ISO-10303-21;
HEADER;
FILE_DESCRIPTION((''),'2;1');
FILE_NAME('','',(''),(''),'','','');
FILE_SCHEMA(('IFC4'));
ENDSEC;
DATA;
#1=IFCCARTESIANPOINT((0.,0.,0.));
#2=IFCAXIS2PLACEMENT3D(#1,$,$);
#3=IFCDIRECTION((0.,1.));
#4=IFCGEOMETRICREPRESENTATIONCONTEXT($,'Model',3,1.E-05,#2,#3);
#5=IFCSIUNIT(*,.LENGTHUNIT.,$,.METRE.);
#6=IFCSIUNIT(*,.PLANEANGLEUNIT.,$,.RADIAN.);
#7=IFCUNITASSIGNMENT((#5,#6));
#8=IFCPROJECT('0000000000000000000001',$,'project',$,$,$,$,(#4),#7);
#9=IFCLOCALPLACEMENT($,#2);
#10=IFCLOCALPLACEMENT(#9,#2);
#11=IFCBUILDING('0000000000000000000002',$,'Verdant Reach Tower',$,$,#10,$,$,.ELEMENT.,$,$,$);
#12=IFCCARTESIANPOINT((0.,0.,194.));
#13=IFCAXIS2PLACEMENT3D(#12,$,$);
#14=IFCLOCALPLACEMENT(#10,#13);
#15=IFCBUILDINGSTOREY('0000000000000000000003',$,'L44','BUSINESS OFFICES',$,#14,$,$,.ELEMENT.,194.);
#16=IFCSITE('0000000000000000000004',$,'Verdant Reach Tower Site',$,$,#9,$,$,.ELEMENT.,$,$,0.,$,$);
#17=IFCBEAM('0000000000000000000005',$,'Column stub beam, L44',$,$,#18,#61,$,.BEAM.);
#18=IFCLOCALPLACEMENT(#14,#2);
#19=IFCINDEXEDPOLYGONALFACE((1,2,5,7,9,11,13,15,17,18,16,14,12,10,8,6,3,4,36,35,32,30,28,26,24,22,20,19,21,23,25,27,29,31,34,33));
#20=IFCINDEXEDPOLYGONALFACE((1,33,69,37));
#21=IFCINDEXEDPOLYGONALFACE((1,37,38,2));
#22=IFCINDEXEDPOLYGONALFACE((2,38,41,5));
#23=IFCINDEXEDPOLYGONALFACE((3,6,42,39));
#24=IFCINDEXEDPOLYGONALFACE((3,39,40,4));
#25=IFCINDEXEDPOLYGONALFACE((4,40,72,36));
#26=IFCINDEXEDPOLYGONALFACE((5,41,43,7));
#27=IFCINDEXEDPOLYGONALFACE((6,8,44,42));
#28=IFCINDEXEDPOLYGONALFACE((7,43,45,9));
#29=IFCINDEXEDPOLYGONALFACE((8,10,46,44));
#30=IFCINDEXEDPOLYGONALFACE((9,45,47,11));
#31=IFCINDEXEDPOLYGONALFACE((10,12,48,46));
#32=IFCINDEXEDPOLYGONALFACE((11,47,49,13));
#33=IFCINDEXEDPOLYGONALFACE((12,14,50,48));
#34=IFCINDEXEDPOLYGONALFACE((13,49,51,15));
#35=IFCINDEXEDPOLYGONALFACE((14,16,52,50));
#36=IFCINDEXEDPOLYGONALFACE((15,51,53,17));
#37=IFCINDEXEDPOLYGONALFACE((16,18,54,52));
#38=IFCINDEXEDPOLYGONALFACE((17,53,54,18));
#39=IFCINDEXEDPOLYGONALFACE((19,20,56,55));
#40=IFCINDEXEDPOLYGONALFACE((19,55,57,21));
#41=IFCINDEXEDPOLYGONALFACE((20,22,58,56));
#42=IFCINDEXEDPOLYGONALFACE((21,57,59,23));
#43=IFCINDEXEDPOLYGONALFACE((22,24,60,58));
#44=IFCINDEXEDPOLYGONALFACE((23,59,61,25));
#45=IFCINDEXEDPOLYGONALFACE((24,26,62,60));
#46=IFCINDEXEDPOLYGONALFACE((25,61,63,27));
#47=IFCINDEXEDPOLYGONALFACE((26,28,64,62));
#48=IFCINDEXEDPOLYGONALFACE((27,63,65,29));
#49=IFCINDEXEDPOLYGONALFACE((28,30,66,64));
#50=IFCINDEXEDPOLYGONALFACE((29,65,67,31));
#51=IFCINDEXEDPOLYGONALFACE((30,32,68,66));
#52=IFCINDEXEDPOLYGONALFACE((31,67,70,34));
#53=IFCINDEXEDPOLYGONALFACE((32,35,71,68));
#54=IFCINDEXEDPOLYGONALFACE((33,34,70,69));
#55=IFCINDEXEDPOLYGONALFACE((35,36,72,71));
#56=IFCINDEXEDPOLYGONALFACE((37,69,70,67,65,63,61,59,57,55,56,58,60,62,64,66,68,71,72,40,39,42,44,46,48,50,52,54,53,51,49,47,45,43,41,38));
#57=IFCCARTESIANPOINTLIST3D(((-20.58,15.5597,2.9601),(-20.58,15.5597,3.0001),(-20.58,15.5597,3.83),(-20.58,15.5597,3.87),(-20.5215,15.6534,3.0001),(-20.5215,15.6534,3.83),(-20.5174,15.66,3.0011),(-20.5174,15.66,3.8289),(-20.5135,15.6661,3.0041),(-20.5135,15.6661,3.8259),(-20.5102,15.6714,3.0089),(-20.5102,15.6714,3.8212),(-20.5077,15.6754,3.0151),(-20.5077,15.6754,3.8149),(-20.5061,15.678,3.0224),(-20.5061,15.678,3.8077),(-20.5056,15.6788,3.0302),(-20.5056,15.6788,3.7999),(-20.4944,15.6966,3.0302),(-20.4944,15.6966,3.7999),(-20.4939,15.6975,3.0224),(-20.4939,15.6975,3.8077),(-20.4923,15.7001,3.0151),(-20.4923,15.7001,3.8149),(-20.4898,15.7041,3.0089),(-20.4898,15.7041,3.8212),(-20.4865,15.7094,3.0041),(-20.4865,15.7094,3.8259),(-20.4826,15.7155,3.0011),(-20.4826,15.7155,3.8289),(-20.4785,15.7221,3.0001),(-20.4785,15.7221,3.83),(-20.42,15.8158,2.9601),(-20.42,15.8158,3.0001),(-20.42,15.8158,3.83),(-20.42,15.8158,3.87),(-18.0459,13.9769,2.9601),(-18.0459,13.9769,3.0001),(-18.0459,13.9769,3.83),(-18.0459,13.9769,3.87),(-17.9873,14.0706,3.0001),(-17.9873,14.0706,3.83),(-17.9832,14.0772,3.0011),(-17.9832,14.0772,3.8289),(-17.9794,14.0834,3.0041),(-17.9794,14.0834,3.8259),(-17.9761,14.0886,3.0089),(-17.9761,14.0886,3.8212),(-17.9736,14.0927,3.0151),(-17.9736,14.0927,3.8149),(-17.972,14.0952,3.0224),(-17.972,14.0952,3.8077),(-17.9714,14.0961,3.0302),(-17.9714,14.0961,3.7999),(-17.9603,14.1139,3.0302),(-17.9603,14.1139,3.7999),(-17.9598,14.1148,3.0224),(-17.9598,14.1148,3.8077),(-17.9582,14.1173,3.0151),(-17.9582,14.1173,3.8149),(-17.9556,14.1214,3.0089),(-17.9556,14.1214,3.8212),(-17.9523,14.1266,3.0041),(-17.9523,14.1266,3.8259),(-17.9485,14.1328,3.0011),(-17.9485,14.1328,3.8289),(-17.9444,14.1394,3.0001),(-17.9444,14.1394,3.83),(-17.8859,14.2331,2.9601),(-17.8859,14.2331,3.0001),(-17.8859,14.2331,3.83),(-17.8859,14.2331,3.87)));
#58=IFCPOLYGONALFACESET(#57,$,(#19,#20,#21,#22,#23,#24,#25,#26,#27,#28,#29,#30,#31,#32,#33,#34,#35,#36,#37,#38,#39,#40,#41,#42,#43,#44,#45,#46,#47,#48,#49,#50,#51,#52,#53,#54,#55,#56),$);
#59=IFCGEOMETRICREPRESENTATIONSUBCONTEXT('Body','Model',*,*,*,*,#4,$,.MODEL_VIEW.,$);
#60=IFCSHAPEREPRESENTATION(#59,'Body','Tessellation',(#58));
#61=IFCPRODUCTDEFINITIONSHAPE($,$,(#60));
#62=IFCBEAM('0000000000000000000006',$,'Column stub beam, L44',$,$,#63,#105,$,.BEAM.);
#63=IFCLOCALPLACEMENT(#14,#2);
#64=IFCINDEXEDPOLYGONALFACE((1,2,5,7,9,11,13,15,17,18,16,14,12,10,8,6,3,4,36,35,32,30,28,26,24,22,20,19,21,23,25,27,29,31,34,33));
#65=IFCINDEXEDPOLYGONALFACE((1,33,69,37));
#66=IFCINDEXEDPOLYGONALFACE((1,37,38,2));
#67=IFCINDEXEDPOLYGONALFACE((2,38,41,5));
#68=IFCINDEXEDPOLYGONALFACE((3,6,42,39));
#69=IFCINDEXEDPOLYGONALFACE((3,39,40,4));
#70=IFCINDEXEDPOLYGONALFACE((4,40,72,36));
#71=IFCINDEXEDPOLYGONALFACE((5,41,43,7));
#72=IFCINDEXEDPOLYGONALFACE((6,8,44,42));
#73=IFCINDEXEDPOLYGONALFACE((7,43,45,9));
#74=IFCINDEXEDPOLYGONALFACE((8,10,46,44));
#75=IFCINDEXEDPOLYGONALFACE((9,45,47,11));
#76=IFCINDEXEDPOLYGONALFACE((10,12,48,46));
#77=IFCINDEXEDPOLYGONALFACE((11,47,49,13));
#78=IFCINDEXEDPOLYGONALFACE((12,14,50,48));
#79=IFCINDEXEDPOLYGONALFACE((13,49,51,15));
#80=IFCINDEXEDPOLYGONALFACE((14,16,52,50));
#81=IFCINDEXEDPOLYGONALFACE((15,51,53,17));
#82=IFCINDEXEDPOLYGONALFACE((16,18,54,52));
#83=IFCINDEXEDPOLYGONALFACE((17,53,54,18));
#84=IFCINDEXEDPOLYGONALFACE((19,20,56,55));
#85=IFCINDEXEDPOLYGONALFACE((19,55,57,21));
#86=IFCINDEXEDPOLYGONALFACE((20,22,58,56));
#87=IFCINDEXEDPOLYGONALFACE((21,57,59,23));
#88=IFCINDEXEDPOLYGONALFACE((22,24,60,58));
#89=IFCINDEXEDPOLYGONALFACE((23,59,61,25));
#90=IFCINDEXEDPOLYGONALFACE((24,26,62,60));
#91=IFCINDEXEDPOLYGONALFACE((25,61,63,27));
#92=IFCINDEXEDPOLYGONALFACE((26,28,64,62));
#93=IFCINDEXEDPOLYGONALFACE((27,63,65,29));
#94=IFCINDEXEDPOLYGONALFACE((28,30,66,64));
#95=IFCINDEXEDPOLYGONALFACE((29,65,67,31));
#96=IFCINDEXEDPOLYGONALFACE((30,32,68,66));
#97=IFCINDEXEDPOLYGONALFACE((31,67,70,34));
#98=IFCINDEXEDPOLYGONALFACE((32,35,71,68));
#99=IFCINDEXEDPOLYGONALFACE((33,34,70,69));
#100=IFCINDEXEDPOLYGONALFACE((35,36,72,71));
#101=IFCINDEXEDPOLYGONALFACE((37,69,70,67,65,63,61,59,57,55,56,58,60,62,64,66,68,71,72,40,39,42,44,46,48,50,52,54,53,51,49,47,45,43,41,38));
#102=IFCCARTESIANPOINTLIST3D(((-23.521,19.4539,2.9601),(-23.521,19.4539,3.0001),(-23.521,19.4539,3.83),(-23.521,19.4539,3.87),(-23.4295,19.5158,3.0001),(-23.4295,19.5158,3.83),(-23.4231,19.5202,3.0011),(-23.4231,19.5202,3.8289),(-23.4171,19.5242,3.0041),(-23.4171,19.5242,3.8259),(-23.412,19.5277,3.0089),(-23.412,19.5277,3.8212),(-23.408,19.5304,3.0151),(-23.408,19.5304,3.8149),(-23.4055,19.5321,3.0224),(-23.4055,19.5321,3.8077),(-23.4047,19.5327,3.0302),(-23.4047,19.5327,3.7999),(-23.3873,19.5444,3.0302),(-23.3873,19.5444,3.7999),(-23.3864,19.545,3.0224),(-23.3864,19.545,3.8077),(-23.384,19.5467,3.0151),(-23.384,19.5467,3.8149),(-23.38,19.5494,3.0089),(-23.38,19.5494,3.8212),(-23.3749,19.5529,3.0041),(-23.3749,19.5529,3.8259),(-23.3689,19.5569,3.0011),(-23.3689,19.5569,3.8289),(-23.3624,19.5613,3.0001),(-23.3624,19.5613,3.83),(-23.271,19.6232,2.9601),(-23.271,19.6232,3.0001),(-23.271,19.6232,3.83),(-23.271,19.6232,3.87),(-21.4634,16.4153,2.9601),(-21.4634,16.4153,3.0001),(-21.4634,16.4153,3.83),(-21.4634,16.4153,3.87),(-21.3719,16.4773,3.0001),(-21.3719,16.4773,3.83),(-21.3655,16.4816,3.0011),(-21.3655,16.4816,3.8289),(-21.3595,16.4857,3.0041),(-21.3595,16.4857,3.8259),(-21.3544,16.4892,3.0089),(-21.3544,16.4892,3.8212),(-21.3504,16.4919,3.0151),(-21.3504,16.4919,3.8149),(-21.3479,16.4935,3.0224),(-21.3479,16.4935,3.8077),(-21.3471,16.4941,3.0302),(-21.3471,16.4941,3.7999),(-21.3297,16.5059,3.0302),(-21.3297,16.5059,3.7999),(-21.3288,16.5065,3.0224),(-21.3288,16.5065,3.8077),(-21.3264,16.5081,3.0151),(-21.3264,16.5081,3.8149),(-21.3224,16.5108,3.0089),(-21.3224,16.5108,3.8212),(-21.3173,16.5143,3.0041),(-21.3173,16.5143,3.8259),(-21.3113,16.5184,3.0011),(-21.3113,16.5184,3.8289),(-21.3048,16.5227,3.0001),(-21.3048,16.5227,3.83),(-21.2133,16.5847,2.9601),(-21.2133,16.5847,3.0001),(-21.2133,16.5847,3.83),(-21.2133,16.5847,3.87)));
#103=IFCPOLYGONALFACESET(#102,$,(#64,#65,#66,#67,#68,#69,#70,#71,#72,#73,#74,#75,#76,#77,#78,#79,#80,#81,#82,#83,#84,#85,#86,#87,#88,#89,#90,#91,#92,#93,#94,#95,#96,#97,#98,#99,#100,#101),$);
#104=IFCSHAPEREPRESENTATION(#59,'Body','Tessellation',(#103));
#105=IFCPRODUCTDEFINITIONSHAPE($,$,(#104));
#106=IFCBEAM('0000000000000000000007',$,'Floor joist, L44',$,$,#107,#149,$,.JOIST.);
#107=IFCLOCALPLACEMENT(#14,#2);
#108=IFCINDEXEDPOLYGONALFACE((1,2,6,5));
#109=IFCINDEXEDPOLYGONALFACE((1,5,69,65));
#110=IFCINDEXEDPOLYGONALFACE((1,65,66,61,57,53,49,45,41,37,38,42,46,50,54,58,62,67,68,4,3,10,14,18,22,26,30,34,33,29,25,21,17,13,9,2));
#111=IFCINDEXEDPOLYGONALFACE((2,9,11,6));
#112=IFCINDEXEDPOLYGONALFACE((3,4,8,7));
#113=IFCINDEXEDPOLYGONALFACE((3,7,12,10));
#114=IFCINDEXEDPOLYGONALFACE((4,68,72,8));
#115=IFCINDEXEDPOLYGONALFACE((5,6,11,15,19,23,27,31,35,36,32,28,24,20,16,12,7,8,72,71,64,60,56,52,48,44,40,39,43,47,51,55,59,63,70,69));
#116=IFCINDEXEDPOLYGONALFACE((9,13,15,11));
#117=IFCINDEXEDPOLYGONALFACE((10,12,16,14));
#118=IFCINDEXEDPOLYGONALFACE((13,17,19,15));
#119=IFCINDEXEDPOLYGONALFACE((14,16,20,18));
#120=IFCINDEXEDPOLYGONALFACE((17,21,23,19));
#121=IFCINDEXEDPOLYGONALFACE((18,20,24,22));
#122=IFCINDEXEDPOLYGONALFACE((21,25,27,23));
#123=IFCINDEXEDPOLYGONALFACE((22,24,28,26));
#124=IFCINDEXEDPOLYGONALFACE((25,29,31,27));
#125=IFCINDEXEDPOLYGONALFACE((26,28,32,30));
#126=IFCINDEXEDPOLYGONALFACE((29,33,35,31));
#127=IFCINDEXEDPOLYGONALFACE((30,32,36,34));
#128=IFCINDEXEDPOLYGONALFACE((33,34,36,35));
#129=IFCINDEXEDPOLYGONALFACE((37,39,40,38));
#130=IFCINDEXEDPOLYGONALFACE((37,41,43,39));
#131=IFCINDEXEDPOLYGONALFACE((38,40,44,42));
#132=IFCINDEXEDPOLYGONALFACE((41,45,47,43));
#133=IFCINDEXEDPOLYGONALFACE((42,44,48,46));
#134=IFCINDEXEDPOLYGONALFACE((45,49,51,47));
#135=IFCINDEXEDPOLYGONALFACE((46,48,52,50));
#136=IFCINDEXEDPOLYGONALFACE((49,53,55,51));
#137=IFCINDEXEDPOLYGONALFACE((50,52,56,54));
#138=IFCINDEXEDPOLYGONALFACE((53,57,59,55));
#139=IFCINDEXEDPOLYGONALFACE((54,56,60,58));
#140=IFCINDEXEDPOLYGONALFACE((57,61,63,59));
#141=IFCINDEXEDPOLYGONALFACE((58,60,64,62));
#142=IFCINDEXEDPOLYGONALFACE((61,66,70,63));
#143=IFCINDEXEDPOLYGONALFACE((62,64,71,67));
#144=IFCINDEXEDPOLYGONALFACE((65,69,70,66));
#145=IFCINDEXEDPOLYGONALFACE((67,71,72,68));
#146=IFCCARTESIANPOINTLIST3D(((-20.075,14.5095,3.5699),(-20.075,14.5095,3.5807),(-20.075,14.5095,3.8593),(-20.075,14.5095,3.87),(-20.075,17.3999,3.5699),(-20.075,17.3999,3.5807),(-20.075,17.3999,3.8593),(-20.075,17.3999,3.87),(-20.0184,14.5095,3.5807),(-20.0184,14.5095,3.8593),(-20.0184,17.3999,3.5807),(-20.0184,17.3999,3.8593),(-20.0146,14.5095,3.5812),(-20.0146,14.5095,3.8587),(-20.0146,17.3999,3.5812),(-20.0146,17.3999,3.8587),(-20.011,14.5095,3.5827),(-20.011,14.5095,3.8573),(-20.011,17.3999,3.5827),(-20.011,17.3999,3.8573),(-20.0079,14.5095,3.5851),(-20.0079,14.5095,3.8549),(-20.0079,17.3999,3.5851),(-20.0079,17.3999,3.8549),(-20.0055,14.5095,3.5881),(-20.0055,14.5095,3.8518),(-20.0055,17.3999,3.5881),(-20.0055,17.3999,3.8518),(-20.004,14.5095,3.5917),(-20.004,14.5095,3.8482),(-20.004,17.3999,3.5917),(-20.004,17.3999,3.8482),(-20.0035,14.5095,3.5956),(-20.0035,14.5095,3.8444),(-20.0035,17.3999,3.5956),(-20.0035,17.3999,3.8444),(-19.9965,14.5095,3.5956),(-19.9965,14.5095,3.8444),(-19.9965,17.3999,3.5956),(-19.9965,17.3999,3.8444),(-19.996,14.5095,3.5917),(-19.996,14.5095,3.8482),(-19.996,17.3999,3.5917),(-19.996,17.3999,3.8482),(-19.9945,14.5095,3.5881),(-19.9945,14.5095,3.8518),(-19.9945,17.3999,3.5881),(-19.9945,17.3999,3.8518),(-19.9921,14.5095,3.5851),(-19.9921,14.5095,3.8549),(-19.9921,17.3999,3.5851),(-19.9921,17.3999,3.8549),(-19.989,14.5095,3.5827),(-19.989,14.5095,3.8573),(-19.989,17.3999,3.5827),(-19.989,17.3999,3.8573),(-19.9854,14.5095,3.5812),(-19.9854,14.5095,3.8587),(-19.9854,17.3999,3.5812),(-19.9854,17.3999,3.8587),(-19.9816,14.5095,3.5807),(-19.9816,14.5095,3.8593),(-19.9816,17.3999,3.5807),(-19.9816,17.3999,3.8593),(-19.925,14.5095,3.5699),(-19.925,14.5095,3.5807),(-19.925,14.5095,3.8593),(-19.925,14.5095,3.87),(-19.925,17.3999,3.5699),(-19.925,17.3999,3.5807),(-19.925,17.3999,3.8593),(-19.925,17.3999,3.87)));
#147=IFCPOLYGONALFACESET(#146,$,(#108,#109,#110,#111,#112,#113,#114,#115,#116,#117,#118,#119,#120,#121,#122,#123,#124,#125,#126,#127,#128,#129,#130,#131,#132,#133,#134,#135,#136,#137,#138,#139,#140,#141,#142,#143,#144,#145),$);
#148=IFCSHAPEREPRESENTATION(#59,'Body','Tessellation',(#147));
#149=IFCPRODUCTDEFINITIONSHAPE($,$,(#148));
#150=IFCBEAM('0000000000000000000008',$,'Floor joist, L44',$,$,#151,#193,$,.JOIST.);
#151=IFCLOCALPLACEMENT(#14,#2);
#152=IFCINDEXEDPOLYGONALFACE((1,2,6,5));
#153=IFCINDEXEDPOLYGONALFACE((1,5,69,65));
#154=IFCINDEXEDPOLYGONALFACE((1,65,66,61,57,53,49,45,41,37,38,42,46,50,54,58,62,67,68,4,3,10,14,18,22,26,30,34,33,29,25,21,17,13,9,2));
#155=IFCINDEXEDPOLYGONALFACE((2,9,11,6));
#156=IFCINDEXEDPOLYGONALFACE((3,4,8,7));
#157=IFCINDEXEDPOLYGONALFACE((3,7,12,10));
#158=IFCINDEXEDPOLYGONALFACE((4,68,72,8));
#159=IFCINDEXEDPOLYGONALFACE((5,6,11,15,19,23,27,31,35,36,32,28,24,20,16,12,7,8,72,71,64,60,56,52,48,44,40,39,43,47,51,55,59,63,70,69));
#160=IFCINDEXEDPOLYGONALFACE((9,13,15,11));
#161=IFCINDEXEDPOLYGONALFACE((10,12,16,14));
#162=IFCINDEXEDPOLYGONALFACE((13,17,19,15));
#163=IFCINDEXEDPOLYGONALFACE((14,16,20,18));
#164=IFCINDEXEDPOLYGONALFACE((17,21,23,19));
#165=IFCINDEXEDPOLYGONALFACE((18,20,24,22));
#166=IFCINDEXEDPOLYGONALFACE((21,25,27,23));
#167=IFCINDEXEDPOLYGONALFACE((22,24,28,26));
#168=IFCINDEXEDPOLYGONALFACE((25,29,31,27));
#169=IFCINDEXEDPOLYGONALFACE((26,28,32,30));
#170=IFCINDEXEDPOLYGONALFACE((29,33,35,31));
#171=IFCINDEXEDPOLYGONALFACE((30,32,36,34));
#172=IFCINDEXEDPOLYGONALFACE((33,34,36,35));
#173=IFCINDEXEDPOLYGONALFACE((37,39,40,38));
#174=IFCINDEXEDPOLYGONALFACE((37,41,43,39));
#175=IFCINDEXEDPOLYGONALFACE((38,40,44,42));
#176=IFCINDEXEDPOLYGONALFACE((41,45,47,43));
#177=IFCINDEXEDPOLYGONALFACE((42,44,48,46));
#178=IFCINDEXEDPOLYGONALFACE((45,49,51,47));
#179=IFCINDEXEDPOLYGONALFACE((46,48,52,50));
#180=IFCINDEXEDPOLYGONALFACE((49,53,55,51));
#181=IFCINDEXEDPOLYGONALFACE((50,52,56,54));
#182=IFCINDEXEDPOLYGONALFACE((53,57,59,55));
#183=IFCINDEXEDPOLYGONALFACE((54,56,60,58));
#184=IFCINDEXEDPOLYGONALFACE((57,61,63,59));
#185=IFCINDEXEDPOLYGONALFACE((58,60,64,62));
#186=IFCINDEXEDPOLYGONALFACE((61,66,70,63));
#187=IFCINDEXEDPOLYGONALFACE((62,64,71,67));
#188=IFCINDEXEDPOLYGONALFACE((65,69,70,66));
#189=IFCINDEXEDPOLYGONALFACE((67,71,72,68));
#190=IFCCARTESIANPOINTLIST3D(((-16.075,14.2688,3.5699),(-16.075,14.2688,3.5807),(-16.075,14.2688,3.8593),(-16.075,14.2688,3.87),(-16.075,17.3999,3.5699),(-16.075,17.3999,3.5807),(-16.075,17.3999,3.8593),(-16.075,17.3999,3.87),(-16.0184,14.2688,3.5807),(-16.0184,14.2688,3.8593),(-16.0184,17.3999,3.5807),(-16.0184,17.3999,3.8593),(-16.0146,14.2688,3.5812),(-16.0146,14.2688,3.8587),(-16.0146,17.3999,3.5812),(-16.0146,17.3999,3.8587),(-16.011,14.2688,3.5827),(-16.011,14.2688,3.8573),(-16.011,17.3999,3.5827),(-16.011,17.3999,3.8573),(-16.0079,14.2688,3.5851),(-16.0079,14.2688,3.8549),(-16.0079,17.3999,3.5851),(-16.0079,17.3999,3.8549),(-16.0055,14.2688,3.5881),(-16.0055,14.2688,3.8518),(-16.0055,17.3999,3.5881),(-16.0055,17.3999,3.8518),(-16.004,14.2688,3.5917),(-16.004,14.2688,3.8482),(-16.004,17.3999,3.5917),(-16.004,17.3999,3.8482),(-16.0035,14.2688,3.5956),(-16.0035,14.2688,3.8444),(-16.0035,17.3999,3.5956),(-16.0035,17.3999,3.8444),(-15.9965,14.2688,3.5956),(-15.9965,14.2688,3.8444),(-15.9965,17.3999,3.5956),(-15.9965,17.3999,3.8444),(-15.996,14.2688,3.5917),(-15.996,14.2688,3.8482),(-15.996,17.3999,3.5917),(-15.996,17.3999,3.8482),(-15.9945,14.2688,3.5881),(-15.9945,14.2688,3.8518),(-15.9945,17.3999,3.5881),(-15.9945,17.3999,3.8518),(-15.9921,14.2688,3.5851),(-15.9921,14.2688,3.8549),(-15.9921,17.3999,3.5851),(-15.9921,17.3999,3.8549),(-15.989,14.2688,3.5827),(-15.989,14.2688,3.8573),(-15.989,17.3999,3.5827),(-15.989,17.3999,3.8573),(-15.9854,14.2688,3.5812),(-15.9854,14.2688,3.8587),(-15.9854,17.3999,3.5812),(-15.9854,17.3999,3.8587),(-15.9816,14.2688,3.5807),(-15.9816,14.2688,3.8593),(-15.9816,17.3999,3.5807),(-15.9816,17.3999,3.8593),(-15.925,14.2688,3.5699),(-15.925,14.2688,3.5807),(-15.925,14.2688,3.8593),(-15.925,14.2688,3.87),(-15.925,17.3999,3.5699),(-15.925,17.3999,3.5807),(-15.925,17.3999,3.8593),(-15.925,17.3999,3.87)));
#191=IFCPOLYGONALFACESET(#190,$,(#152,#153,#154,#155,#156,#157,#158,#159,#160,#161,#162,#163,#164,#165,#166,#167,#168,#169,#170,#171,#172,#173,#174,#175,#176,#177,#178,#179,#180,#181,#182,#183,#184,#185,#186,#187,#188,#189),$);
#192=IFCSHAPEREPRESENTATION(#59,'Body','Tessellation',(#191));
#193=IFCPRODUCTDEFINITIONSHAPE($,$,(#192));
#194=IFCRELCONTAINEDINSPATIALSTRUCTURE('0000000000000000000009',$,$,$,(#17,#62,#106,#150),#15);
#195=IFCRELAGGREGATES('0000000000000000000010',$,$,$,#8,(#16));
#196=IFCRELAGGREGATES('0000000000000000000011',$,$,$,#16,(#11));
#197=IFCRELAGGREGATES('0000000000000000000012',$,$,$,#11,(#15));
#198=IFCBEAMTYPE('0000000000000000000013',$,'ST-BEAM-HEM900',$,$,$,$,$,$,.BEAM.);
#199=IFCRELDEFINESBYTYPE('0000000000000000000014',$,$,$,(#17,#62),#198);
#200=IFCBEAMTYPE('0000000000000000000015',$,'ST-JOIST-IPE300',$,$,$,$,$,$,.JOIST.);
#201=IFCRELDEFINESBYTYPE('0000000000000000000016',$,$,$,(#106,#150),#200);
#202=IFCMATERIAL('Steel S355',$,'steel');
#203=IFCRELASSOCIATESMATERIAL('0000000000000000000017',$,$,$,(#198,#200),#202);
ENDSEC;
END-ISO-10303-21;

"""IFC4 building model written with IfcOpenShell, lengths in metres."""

from ifc_helpers import new_model, si_unit, direction, frame, origin, origin_2d, place, context, subcontext, project, spatial, i_section, extrude, material, material_profile, profile_set, type_object, element, save


model = new_model("IFC4")

# Units and contexts
model_context = context("Model", 3, precision=1e-05, world=origin(), true_north=direction((0.0, 1.0)))
body_context = subcontext(model_context, "Body", "Model", "MODEL_VIEW")
ifc_project = project(units=[si_unit("LENGTHUNIT", "METRE"), si_unit("PLANEANGLEUNIT", "RADIAN")], contexts=[model_context])

# Site, building, storey
site_placement = place(None, origin())
site = spatial("IfcSite", under=ifc_project, at=site_placement, Name="Verdant Reach Tower Site", CompositionType="ELEMENT", RefElevation=0.0)
building_placement = place(site_placement, origin())
building = spatial("IfcBuilding", under=site, at=building_placement, Name="Verdant Reach Tower", CompositionType="ELEMENT")
storey_placement = place(building_placement, frame((0.0, 0.0, 194.0)))
storey = spatial("IfcBuildingStorey", under=building, at=storey_placement, Name="L44", Description="BUSINESS OFFICES", CompositionType="ELEMENT", Elevation=194.0)

# Beams
ifc_material_1 = material(Name="Steel S355", Category="steel")
ifc_material_profile_1 = material_profile(ifc_material_1, i_section(OverallWidth=0.302, OverallDepth=0.9099, WebThickness=0.021, FlangeThickness=0.04, FilletRadius=0.03, at=origin_2d()), Name="HEM 900")
ifc_profile_set_1 = profile_set([ifc_material_profile_1], Name="Steel S355")
beam_type_1 = type_object("IfcBeamType", Name="ST-BEAM-HEM900", PredefinedType="BEAM", material=ifc_profile_set_1)
beam_1_placement = place(storey_placement, frame((-20.5, 15.6877, 3.415), z_axis=(0.848164, -0.529735, 0.0), x_axis=(0.529735, 0.848164, 0.0)))
element("IfcBeam", 1, at=beam_1_placement, inside=storey, type_object=beam_type_1, Name="Column stub beam, L44", PredefinedType="BEAM", context=body_context, shape_type="SweptSolid", body=[
    extrude(i_section(OverallWidth=0.302, OverallDepth=0.9099, WebThickness=0.021, FlangeThickness=0.04, FilletRadius=0.03, at=origin_2d()), origin(), (0.0, 0.0, 1.0), 2.9878),
])
beam_2_placement = place(storey_placement, frame((-21.3384, 16.5, 3.415), z_axis=(-0.560704, 0.828016, 0.0), x_axis=(-0.828016, -0.560704, 0.0)))
element("IfcBeam", 2, at=beam_2_placement, inside=storey, type_object=beam_type_1, Name="Column stub beam, L44", PredefinedType="BEAM", context=body_context, shape_type="SweptSolid", body=[
    extrude(i_section(OverallWidth=0.302, OverallDepth=0.9099, WebThickness=0.021, FlangeThickness=0.04, FilletRadius=0.03, at=origin_2d()), origin(), (0.0, 0.0, 1.0), 3.6697),
])
ifc_material_profile_2 = material_profile(ifc_material_1, i_section(OverallWidth=0.1499, OverallDepth=0.3, WebThickness=0.0071, FlangeThickness=0.0107, FilletRadius=0.0149, at=origin_2d()), Name="IPE 300")
ifc_profile_set_2 = profile_set([ifc_material_profile_2], Name="Steel S355")
beam_type_2 = type_object("IfcBeamType", Name="ST-JOIST-IPE300", PredefinedType="JOIST", material=ifc_profile_set_2)
beam_3_placement = place(storey_placement, frame((-20.0, 17.3999, 3.72), z_axis=(0.0, -1.0, 0.0), x_axis=(1.0, 0.0, 0.0)))
element("IfcBeam", 3, at=beam_3_placement, inside=storey, type_object=beam_type_2, Name="Floor joist, L44", PredefinedType="JOIST", context=body_context, shape_type="SweptSolid", body=[
    extrude(i_section(OverallWidth=0.1499, OverallDepth=0.3, WebThickness=0.0071, FlangeThickness=0.0107, FilletRadius=0.0149, at=origin_2d()), origin(), (0.0, 0.0, 1.0), 2.8904),
])
beam_4_placement = place(storey_placement, frame((-16.0, 17.3999, 3.72), z_axis=(0.0, -1.0, 0.0), x_axis=(1.0, 0.0, 0.0)))
element("IfcBeam", 4, at=beam_4_placement, inside=storey, type_object=beam_type_2, Name="Floor joist, L44", PredefinedType="JOIST", context=body_context, shape_type="SweptSolid", body=[
    extrude(i_section(OverallWidth=0.1499, OverallDepth=0.3, WebThickness=0.0071, FlangeThickness=0.0107, FilletRadius=0.0149, at=origin_2d()), origin(), (0.0, 0.0, 1.0), 3.1311),
])

save(model, "model.ifc")
